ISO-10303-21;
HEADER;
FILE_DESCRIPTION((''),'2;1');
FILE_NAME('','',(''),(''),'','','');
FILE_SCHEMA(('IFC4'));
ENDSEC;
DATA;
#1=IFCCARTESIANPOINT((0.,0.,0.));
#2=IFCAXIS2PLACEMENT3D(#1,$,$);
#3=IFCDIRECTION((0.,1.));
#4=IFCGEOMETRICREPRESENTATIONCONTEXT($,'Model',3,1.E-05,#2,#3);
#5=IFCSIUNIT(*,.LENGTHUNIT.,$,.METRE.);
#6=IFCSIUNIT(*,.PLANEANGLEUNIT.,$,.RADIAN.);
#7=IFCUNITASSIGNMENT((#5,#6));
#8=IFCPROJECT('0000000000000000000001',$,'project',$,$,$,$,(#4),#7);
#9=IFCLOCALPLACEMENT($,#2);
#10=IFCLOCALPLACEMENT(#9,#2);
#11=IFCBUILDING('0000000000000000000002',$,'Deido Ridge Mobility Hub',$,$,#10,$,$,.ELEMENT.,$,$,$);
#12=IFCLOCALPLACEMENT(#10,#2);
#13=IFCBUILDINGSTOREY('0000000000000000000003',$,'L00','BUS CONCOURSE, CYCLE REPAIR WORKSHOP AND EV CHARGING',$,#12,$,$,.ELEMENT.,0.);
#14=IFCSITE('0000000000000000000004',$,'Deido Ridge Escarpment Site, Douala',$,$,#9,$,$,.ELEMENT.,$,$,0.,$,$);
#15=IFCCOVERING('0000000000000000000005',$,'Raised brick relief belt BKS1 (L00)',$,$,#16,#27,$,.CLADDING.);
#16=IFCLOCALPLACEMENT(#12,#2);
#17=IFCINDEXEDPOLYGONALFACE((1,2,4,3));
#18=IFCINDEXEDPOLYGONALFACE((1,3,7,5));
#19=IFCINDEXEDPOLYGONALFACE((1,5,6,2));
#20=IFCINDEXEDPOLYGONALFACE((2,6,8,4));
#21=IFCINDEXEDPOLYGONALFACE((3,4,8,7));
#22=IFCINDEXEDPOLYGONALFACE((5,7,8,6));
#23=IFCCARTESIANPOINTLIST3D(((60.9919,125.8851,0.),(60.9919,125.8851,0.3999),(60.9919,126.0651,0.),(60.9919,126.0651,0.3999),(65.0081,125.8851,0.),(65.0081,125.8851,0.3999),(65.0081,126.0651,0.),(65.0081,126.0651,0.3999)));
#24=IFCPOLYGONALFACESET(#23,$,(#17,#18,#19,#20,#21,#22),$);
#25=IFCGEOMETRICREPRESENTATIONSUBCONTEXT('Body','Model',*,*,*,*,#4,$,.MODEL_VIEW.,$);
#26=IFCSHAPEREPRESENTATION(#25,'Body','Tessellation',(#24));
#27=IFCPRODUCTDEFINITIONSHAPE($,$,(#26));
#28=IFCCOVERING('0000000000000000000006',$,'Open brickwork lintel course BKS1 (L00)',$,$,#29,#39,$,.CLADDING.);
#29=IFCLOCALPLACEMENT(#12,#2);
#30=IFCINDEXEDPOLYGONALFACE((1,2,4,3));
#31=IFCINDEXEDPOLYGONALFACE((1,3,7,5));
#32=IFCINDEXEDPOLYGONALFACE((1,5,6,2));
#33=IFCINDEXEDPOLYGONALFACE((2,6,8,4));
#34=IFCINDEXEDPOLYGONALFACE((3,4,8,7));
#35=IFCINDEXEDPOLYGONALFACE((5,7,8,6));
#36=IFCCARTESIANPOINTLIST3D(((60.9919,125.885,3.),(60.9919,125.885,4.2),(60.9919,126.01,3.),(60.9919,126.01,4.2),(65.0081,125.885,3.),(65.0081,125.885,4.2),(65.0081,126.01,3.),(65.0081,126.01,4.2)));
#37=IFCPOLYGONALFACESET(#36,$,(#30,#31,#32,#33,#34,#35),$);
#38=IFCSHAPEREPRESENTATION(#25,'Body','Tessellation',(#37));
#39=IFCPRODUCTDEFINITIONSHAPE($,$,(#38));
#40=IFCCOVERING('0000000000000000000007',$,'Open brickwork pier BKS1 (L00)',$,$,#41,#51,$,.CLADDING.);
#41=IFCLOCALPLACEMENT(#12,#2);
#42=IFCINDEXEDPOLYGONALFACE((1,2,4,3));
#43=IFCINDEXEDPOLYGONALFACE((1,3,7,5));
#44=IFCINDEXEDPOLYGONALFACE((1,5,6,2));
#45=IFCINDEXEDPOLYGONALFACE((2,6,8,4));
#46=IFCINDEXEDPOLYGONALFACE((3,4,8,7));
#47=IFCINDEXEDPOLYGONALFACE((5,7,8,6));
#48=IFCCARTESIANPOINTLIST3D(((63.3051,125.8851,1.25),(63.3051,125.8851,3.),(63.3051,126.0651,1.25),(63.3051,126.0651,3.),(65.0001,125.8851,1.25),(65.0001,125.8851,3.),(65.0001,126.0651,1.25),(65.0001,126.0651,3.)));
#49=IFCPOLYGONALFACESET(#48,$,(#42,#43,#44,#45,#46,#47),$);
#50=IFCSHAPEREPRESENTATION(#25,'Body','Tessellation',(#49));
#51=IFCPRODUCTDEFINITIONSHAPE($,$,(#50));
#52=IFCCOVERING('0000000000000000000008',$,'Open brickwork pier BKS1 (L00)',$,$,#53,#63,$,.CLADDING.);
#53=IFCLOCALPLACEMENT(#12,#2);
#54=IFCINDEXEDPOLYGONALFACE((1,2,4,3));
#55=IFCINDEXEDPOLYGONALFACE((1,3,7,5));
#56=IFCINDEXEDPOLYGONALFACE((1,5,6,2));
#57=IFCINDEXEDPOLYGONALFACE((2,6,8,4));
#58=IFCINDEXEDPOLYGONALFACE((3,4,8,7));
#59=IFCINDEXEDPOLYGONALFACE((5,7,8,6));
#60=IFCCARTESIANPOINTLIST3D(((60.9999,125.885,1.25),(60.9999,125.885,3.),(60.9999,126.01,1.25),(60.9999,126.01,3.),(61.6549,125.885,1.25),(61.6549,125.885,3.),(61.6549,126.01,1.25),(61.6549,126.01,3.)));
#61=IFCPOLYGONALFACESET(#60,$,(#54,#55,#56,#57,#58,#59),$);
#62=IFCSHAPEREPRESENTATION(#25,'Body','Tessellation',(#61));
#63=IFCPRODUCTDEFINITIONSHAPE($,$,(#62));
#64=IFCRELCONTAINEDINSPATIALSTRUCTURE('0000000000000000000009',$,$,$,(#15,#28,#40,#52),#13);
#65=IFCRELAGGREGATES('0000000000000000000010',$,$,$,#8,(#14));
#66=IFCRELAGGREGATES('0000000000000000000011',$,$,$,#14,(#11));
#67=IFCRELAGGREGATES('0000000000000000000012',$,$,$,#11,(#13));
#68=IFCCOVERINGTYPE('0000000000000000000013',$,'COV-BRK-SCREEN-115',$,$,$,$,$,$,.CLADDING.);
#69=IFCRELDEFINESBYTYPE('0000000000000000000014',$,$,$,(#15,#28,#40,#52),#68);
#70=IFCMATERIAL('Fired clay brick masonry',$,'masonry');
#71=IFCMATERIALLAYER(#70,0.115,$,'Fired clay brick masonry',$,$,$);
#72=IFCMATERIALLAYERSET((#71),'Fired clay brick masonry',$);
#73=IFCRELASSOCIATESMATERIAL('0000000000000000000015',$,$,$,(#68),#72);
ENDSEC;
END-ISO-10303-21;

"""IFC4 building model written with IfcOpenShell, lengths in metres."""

from ifc_helpers import new_model, si_unit, direction, frame, origin, origin_2d, place, context, subcontext, project, spatial, rectangle, extrude, material, layer, layer_set, type_object, element, save


model = new_model("IFC4")

# Units and contexts
model_context = context("Model", 3, precision=1e-05, world=origin(), true_north=direction((0.0, 1.0)))
body_context = subcontext(model_context, "Body", "Model", "MODEL_VIEW")
ifc_project = project(units=[si_unit("LENGTHUNIT", "METRE"), si_unit("PLANEANGLEUNIT", "RADIAN")], contexts=[model_context])

# Site, building, storey
site_placement = place(None, origin())
site = spatial("IfcSite", under=ifc_project, at=site_placement, Name="Deido Ridge Escarpment Site, Douala", CompositionType="ELEMENT", RefElevation=0.0)
building_placement = place(site_placement, origin())
building = spatial("IfcBuilding", under=site, at=building_placement, Name="Deido Ridge Mobility Hub", CompositionType="ELEMENT")
storey_placement = place(building_placement, origin())
storey = spatial("IfcBuildingStorey", under=building, at=storey_placement, Name="L00", Description="BUS CONCOURSE, CYCLE REPAIR WORKSHOP AND EV CHARGING", CompositionType="ELEMENT", Elevation=0.0)

# Coverings
ifc_material_1 = material(Name="Fired clay brick masonry", Category="masonry")
ifc_layer = layer(ifc_material_1, 0.115, Name="Fired clay brick masonry")
ifc_layer_set = layer_set([ifc_layer], Name="Fired clay brick masonry")
covering_type = type_object("IfcCoveringType", Name="COV-BRK-SCREEN-115", PredefinedType="CLADDING", material=ifc_layer_set)
covering_1_placement = place(storey_placement, frame((63.0, 125.9751, 0.0), z_axis=(0.0, 0.0, 1.0), x_axis=(-1.0, 0.0, 0.0)))
element("IfcCovering", 1, at=covering_1_placement, inside=storey, type_object=covering_type, Name="Raised brick relief belt BKS1 (L00)", PredefinedType="CLADDING", context=body_context, shape_type="SweptSolid", body=[
    extrude(rectangle(XDim=4.0161, YDim=0.1799, at=origin_2d()), origin(), (0.0, 0.0, 1.0), 0.3999),
])
covering_2_placement = place(storey_placement, frame((63.0, 125.9475, 3.0), z_axis=(0.0, 0.0, 1.0), x_axis=(-1.0, 0.0, 0.0)))
element("IfcCovering", 2, at=covering_2_placement, inside=storey, type_object=covering_type, Name="Open brickwork lintel course BKS1 (L00)", PredefinedType="CLADDING", context=body_context, shape_type="SweptSolid", body=[
    extrude(rectangle(XDim=4.0161, YDim=0.125, at=origin_2d()), origin(), (0.0, 0.0, 1.0), 1.2),
])
covering_3_placement = place(storey_placement, frame((64.1526, 125.9751, 1.25), z_axis=(0.0, 0.0, 1.0), x_axis=(-1.0, 0.0, 0.0)))
element("IfcCovering", 3, at=covering_3_placement, inside=storey, type_object=covering_type, Name="Open brickwork pier BKS1 (L00)", PredefinedType="CLADDING", context=body_context, shape_type="SweptSolid", body=[
    extrude(rectangle(XDim=1.6951, YDim=0.1799, at=origin_2d()), origin(), (0.0, 0.0, 1.0), 1.75),
])
covering_4_placement = place(storey_placement, frame((61.3274, 125.9475, 1.25), z_axis=(0.0, 0.0, 1.0), x_axis=(-1.0, 0.0, 0.0)))
element("IfcCovering", 4, at=covering_4_placement, inside=storey, type_object=covering_type, Name="Open brickwork pier BKS1 (L00)", PredefinedType="CLADDING", context=body_context, shape_type="SweptSolid", body=[
    extrude(rectangle(XDim=0.655, YDim=0.125, at=origin_2d()), origin(), (0.0, 0.0, 1.0), 1.75),
])

save(model, "model.ifc")
